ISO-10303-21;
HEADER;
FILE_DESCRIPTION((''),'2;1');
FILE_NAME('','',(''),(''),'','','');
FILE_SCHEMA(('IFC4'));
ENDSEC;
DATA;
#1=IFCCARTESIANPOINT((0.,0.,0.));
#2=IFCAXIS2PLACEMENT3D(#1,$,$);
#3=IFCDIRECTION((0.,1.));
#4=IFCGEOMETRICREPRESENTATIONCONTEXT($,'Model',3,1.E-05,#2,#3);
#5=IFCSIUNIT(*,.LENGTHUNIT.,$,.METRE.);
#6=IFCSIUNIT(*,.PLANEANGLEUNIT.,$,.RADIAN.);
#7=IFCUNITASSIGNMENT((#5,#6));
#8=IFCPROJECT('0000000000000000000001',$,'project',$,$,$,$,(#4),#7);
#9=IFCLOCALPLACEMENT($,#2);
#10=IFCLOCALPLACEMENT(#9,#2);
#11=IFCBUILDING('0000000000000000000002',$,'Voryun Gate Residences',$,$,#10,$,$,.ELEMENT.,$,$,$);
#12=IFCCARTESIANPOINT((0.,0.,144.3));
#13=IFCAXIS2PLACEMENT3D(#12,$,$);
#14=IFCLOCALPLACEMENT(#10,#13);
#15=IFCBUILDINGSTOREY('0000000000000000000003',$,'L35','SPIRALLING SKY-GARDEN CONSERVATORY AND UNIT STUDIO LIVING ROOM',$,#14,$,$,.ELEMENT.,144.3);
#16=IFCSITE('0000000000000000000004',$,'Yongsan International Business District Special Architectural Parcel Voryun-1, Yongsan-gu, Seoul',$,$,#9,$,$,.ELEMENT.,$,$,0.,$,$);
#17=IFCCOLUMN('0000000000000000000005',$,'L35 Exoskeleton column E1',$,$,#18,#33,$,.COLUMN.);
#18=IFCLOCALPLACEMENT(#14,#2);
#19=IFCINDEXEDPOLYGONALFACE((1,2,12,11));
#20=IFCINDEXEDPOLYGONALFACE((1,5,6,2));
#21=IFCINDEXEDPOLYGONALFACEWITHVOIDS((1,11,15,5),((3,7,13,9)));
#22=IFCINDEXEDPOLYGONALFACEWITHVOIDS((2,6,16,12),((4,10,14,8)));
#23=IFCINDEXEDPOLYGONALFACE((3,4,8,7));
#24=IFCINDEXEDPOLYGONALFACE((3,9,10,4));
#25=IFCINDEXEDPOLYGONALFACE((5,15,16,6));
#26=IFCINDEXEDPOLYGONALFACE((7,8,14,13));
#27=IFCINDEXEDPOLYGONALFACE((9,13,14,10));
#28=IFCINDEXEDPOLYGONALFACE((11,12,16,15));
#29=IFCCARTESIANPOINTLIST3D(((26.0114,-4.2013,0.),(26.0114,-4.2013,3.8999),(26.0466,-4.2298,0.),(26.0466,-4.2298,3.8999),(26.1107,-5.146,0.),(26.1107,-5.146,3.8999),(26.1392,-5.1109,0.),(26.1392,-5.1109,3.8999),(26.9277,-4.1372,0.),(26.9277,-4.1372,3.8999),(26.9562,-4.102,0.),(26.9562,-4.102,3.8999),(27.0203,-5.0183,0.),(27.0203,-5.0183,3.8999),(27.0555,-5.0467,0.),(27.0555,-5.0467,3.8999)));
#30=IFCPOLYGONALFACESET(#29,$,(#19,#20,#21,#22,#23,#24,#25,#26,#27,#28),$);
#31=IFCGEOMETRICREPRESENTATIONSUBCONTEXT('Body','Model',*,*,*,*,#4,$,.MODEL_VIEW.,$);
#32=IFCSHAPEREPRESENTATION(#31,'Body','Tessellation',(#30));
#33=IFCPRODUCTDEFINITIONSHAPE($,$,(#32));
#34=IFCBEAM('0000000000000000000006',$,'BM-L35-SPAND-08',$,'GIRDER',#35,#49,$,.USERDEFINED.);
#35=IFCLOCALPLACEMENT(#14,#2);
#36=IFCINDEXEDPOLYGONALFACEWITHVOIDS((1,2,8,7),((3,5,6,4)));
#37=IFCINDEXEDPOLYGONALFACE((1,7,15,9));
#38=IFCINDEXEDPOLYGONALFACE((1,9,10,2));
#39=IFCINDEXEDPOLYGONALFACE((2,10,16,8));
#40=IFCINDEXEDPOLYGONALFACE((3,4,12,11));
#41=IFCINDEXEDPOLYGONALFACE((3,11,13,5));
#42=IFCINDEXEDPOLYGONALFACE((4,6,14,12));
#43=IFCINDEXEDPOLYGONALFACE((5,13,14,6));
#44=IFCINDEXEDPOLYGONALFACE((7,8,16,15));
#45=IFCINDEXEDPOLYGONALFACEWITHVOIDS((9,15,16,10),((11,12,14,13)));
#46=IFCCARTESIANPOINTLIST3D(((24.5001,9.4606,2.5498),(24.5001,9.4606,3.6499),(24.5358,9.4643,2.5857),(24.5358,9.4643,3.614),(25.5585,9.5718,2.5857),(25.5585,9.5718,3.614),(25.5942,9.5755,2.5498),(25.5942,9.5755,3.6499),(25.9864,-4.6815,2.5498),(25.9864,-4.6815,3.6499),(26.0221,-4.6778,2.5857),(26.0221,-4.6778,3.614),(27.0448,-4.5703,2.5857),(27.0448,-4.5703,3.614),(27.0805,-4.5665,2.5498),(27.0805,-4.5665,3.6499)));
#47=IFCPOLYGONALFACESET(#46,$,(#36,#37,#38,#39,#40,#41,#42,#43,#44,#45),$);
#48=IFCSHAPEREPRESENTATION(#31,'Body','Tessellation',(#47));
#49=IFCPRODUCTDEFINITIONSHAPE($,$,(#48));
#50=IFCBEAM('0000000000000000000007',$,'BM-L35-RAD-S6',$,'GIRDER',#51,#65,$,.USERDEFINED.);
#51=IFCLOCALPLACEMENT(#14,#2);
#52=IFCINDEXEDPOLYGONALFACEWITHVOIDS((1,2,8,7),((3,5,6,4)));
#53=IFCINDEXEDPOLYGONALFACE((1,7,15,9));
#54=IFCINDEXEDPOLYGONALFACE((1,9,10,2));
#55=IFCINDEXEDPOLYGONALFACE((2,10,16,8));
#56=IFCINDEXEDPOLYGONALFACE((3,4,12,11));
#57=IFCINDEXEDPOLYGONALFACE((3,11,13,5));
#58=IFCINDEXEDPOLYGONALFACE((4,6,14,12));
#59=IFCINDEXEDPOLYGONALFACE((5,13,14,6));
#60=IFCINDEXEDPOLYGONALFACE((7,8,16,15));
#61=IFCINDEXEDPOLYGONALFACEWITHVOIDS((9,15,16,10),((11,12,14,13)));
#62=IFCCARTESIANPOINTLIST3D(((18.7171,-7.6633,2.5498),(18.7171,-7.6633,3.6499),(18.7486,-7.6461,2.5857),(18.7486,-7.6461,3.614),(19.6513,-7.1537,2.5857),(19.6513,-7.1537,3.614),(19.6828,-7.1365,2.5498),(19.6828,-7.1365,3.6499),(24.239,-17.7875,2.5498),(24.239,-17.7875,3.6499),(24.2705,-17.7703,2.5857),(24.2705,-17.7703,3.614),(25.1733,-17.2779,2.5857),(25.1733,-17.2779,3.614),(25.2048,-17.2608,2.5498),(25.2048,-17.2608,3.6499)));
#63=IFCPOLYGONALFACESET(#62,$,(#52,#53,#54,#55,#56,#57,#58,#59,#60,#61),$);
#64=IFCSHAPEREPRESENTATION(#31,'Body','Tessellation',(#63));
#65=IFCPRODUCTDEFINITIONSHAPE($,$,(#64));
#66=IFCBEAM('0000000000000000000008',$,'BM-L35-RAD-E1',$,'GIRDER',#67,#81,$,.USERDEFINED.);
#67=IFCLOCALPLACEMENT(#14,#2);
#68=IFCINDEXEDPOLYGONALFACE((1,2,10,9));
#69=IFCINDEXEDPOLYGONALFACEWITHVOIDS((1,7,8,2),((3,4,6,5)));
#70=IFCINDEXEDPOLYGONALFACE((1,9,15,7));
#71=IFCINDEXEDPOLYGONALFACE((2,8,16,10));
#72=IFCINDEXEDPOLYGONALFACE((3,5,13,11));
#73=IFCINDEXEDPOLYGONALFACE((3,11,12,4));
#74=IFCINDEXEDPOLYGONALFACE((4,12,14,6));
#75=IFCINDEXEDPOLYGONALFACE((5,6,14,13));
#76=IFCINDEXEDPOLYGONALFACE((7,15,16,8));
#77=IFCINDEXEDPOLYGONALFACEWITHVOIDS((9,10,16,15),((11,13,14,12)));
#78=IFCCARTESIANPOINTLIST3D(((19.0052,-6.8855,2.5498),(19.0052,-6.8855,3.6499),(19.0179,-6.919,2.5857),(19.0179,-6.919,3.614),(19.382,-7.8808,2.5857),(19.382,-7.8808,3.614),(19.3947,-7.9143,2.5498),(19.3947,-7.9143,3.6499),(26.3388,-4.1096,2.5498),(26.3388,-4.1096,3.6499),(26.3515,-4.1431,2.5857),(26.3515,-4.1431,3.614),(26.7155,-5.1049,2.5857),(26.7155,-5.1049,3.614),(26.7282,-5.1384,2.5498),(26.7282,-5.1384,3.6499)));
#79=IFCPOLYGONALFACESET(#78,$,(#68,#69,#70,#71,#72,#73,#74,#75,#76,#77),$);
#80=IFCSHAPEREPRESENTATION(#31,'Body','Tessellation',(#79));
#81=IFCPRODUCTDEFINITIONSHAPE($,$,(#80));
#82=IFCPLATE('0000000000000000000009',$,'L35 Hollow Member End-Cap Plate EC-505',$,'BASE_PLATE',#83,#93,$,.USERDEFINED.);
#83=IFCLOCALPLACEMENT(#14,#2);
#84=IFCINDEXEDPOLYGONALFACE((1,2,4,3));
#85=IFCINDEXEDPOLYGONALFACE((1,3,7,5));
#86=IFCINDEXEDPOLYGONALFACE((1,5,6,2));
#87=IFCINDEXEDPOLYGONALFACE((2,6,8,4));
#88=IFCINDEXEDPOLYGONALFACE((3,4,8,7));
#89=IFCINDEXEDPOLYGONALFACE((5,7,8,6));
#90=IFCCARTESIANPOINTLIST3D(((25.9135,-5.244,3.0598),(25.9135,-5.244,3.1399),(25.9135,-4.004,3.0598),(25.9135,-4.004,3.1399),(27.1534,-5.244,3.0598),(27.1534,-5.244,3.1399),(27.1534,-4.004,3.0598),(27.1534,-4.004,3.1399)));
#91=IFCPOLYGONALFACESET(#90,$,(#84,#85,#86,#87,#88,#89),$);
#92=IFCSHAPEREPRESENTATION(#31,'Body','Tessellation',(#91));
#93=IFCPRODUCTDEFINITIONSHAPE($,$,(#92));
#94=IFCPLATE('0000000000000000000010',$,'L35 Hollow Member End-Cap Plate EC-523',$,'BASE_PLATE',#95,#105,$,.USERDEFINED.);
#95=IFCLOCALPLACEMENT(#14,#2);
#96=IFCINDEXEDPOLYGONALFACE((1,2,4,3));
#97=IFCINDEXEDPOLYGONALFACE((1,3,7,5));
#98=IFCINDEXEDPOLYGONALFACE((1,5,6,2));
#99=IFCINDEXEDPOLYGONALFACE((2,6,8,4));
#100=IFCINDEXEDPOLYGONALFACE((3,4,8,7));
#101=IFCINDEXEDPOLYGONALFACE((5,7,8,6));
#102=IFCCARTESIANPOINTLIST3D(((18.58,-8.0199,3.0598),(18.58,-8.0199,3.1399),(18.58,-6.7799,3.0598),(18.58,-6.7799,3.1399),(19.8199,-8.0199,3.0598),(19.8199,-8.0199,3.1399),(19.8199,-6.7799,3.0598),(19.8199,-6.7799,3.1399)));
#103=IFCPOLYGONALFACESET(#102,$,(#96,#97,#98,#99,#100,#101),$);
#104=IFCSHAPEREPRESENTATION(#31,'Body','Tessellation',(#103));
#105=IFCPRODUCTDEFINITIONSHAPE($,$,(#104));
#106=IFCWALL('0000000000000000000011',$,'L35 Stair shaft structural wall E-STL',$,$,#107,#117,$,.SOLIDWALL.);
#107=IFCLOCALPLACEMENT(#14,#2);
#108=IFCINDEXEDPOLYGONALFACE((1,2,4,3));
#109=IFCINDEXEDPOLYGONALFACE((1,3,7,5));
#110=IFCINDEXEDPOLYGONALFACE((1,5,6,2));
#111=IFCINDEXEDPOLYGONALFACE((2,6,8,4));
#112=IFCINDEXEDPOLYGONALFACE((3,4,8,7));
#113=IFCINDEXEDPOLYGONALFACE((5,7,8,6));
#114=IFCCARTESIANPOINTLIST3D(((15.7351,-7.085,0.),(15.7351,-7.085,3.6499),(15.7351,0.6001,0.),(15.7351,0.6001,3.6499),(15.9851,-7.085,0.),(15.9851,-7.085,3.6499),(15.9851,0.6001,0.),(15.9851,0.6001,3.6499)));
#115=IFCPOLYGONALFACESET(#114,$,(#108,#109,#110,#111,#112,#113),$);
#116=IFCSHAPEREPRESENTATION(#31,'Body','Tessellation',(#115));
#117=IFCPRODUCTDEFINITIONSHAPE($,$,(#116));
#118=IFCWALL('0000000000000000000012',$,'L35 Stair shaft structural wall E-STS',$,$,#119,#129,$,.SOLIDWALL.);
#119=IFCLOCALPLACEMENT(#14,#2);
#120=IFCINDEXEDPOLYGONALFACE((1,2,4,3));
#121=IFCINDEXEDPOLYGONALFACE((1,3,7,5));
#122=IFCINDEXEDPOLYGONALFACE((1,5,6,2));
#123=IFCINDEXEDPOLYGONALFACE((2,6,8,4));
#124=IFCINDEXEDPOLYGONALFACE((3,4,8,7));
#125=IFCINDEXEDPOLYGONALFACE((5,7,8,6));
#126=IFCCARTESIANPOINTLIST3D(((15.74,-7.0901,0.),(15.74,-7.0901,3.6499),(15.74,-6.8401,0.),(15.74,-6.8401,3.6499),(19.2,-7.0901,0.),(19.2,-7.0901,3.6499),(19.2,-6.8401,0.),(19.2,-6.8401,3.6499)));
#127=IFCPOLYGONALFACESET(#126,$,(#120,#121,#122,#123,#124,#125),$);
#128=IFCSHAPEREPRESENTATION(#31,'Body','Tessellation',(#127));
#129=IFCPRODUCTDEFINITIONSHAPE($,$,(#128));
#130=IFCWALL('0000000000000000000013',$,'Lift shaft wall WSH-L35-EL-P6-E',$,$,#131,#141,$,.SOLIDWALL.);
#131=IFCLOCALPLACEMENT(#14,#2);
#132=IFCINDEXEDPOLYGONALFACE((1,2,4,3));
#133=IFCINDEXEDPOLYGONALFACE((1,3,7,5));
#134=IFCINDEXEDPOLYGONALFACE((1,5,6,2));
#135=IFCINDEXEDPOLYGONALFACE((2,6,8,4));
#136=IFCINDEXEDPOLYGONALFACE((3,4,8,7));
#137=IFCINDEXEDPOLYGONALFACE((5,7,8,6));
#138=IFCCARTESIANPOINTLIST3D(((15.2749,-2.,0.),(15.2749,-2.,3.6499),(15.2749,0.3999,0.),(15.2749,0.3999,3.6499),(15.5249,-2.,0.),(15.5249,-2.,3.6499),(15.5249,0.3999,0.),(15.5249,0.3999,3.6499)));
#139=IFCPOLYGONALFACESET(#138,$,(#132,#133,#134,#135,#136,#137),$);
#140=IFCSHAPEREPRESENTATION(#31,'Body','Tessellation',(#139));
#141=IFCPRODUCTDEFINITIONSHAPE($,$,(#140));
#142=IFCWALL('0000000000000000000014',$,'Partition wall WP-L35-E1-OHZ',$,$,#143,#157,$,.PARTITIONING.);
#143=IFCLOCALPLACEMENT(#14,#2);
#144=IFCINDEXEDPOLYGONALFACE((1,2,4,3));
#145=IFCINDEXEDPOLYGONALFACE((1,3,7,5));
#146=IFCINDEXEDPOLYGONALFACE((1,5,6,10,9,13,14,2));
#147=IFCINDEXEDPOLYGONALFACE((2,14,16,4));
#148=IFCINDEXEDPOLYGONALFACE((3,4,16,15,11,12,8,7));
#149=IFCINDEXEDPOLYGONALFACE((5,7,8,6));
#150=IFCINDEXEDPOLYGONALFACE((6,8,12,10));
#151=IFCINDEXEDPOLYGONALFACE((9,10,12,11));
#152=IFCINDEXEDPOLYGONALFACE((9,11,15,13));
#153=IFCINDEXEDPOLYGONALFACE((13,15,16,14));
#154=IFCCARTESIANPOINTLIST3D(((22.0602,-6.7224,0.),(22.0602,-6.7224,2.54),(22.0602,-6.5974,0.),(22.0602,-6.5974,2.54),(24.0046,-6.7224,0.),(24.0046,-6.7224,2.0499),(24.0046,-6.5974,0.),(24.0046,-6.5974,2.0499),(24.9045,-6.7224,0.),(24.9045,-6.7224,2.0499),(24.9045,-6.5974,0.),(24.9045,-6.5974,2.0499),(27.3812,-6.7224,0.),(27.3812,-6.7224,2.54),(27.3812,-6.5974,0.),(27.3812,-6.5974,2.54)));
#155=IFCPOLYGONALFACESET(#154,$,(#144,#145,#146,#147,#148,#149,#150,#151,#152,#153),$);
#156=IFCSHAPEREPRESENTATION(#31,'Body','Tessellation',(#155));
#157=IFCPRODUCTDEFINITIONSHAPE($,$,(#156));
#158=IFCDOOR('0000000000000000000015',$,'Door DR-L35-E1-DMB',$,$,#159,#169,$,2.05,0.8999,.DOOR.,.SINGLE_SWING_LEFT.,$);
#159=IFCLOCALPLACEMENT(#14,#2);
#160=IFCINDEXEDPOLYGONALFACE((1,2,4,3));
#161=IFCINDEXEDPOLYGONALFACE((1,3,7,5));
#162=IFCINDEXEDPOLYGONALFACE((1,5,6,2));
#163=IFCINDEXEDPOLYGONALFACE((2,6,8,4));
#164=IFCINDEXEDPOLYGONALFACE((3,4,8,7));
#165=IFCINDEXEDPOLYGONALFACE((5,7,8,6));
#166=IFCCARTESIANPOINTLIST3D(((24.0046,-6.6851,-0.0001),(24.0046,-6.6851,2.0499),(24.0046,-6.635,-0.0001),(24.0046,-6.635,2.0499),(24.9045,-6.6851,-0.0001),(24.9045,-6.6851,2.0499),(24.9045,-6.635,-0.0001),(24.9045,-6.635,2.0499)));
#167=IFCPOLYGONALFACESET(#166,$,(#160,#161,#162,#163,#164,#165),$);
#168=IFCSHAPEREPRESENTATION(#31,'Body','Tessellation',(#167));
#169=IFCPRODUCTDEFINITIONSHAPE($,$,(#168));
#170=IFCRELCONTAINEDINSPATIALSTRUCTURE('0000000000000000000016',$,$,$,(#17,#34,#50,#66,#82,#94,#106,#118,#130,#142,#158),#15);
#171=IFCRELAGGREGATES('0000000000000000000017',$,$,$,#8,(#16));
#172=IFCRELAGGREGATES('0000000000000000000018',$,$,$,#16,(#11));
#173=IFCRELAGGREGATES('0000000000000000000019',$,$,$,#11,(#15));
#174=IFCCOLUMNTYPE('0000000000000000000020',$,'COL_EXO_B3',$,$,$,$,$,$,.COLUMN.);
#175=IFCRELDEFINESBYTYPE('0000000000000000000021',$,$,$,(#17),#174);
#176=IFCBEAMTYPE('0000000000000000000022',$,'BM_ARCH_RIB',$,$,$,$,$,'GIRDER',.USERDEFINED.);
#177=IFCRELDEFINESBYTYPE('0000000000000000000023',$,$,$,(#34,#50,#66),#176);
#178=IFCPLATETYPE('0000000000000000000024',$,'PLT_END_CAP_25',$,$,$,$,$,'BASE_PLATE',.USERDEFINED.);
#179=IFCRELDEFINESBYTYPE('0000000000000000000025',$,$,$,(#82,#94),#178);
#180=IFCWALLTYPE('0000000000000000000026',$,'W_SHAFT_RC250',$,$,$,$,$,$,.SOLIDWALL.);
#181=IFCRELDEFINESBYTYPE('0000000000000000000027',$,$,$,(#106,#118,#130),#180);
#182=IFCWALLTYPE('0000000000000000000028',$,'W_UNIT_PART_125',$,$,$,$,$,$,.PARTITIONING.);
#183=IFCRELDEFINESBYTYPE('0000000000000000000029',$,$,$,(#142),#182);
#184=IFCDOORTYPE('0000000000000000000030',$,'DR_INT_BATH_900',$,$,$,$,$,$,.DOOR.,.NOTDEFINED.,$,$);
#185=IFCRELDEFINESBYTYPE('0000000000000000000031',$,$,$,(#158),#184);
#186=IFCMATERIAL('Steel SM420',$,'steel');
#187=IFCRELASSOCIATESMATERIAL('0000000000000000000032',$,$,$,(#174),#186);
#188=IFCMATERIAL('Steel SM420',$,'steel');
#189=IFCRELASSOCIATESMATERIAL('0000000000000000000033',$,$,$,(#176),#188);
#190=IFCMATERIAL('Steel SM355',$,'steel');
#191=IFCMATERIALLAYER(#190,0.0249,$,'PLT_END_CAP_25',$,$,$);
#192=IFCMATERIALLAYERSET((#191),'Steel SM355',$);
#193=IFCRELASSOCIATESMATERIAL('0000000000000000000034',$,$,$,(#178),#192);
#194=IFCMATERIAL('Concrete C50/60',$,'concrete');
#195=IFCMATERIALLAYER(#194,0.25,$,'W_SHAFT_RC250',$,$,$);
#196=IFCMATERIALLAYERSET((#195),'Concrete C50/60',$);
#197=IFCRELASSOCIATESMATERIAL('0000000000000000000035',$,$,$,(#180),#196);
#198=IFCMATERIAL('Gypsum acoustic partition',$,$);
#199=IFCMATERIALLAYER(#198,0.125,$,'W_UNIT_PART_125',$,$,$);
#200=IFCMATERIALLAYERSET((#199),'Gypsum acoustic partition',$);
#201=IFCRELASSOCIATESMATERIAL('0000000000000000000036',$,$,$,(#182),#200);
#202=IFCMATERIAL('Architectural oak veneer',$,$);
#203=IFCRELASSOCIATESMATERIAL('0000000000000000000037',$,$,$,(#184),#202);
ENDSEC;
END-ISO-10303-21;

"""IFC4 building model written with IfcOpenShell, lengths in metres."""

from ifc_helpers import new_model, si_unit, direction, frame, frame_2d, origin, origin_2d, place, context, subcontext, project, spatial, rectangle, hollow_rectangle, extrude, material, layer, layer_set, material_profile, profile_set, type_object, element, fill, save


model = new_model("IFC4")

# Units and contexts
model_context = context("Model", 3, precision=1e-05, world=origin(), true_north=direction((0.0, 1.0)))
body_context = subcontext(model_context, "Body", "Model", "MODEL_VIEW")
ifc_project = project(units=[si_unit("LENGTHUNIT", "METRE"), si_unit("PLANEANGLEUNIT", "RADIAN")], contexts=[model_context])

# Site, building, storey
site_placement = place(None, origin())
site = spatial("IfcSite", under=ifc_project, at=site_placement, Name="Yongsan International Business District Special Architectural Parcel Voryun-1, Yongsan-gu, Seoul", CompositionType="ELEMENT", RefElevation=0.0)
building_placement = place(site_placement, origin())
building = spatial("IfcBuilding", under=site, at=building_placement, Name="Voryun Gate Residences", CompositionType="ELEMENT")
storey_placement = place(building_placement, frame((0.0, 0.0, 144.3)))
storey = spatial("IfcBuildingStorey", under=building, at=storey_placement, Name="L35", Description="SPIRALLING SKY-GARDEN CONSERVATORY AND UNIT STUDIO LIVING ROOM", CompositionType="ELEMENT", Elevation=144.3)

# Column
ifc_material_1 = material(Name="Steel SM420", Category="steel")
ifc_material_profile_1 = material_profile(ifc_material_1, hollow_rectangle(XDim=0.95, YDim=0.95, WallThickness=0.032, at=origin_2d()), Name="BOX-950x950x32")
ifc_profile_set_1 = profile_set([ifc_material_profile_1], Name="Steel SM420")
column_type = type_object("IfcColumnType", Name="COL_EXO_B3", PredefinedType="COLUMN", material=ifc_profile_set_1)
column_placement = place(storey_placement, frame((26.5334, -4.624, 0.0), z_axis=(0.0, 0.0, 1.0), x_axis=(0.994522, 0.104528, 0.0)))
element("IfcColumn", 1, at=column_placement, inside=storey, type_object=column_type, Name="L35 Exoskeleton column E1", PredefinedType="COLUMN", context=body_context, shape_type="SweptSolid", body=[
    extrude(hollow_rectangle(XDim=0.95, YDim=0.95, WallThickness=0.032, at=origin_2d()), origin(), (0.0, 0.0, 1.0), 3.8999),
])

# Beams
ifc_material_2 = material(Name="Steel SM420", Category="steel")
ifc_material_profile_2 = material_profile(ifc_material_2, hollow_rectangle(XDim=1.1001, YDim=1.1001, WallThickness=0.0359, at=origin_2d()), Name="BOX-1100x1100x36")
ifc_profile_set_2 = profile_set([ifc_material_profile_2], Name="Steel SM420")
beam_type = type_object("IfcBeamType", Name="BM_ARCH_RIB", ElementType="GIRDER", PredefinedType="USERDEFINED", material=ifc_profile_set_2)
beam_1_placement = place(storey_placement, frame((26.5334, -4.624, 3.0999), z_axis=(-0.104524, 0.994522, 0.0), x_axis=(-0.994522, -0.104524, 0.0)))
element("IfcBeam", 2, at=beam_1_placement, inside=storey, type_object=beam_type, Name="BM-L35-SPAND-08", ObjectType="GIRDER", PredefinedType="USERDEFINED", context=body_context, shape_type="SweptSolid", body=[
    extrude(hollow_rectangle(XDim=1.1001, YDim=1.1001, WallThickness=0.0359, at=origin_2d()), origin(), (0.0, 0.0, 1.0), 14.22),
])
beam_2_placement = place(storey_placement, frame((19.2, -7.3999, 3.0999), z_axis=(0.478828, -0.877909, 0.0), x_axis=(0.877909, 0.478828, 0.0)))
element("IfcBeam", 3, at=beam_2_placement, inside=storey, type_object=beam_type, Name="BM-L35-RAD-S6", ObjectType="GIRDER", PredefinedType="USERDEFINED", context=body_context, shape_type="SweptSolid", body=[
    extrude(hollow_rectangle(XDim=1.1001, YDim=1.1001, WallThickness=0.0359, at=origin_2d()), origin(), (0.0, 0.0, 1.0), 11.5322),
])
beam_3_placement = place(storey_placement, frame((19.2, -7.3999, 3.0999), z_axis=(0.935242, 0.354008, 0.0), x_axis=(-0.354008, 0.935242, 0.0)))
element("IfcBeam", 4, at=beam_3_placement, inside=storey, type_object=beam_type, Name="BM-L35-RAD-E1", ObjectType="GIRDER", PredefinedType="USERDEFINED", context=body_context, shape_type="SweptSolid", body=[
    extrude(hollow_rectangle(XDim=1.1001, YDim=1.1001, WallThickness=0.0359, at=origin_2d()), origin(), (0.0, 0.0, 1.0), 7.8413),
])

# Plates
ifc_material_3 = material(Name="Steel SM355", Category="steel")
ifc_layer_1 = layer(ifc_material_3, 0.0249, Name="PLT_END_CAP_25")
ifc_layer_set_1 = layer_set([ifc_layer_1], Name="Steel SM355")
plate_type = type_object("IfcPlateType", Name="PLT_END_CAP_25", ElementType="BASE_PLATE", PredefinedType="USERDEFINED", material=ifc_layer_set_1)
for number, where, z_axis, x_axis, name in (
    (5, (26.5334, -4.624, 3.0598), (0.0, 0.0, 1.0), (1.0, 0.0, 0.0), "L35 Hollow Member End-Cap Plate EC-505"),
    (6, (19.2, -7.3999, 3.0598), (0.0, 0.0, 1.0), (1.0, 0.0, 0.0), "L35 Hollow Member End-Cap Plate EC-523"),
):
    element("IfcPlate", number, at=place(storey_placement, frame(where, z_axis=z_axis, x_axis=x_axis)), inside=storey, type_object=plate_type, Name=name, ObjectType="BASE_PLATE", PredefinedType="USERDEFINED", context=body_context, shape_type="SweptSolid", body=[
        extrude(rectangle(XDim=1.24, YDim=1.24, at=origin_2d()), origin(), (0.0, 0.0, 1.0), 0.0801),
    ])

# Walls
ifc_material_4 = material(Name="Concrete C50/60", Category="concrete")
ifc_layer_2 = layer(ifc_material_4, 0.25, Name="W_SHAFT_RC250")
ifc_layer_set_2 = layer_set([ifc_layer_2], Name="Concrete C50/60")
wall_type_1 = type_object("IfcWallType", Name="W_SHAFT_RC250", PredefinedType="SOLIDWALL", material=ifc_layer_set_2)
wall_1_placement = place(storey_placement, frame((15.8601, -7.085, 0.0), z_axis=(0.0, 0.0, 1.0), x_axis=(0.0, 1.0, 0.0)))
element("IfcWall", 7, at=wall_1_placement, inside=storey, type_object=wall_type_1, Name="L35 Stair shaft structural wall E-STL", PredefinedType="SOLIDWALL", context=body_context, shape_type="SweptSolid", body=[
    extrude(rectangle(XDim=7.6851, YDim=0.25, at=frame_2d((3.8425, 0.0))), origin(), (0.0, 0.0, 1.0), 3.6499),
])
wall_2_placement = place(storey_placement, frame((15.74, -6.9651, 0.0), z_axis=(0.0, 0.0, 1.0), x_axis=(1.0, 0.0, 0.0)))
element("IfcWall", 8, at=wall_2_placement, inside=storey, type_object=wall_type_1, Name="L35 Stair shaft structural wall E-STS", PredefinedType="SOLIDWALL", context=body_context, shape_type="SweptSolid", body=[
    extrude(rectangle(XDim=3.46, YDim=0.25, at=frame_2d((1.73, 0.0))), origin(), (0.0, 0.0, 1.0), 3.6499),
])
wall_3_placement = place(storey_placement, frame((15.3999, -2.0, 0.0), z_axis=(0.0, 0.0, 1.0), x_axis=(0.0, 1.0, 0.0)))
element("IfcWall", 9, at=wall_3_placement, inside=storey, type_object=wall_type_1, Name="Lift shaft wall WSH-L35-EL-P6-E", PredefinedType="SOLIDWALL", context=body_context, shape_type="SweptSolid", body=[
    extrude(rectangle(XDim=2.3999, YDim=0.25, at=frame_2d((1.2, 0.0))), origin(), (0.0, 0.0, 1.0), 3.6499),
])

# Wall, opening, door
ifc_material_5 = material(Name="Gypsum acoustic partition")
ifc_layer_3 = layer(ifc_material_5, 0.125, Name="W_UNIT_PART_125")
ifc_layer_set_3 = layer_set([ifc_layer_3], Name="Gypsum acoustic partition")
wall_type_2 = type_object("IfcWallType", Name="W_UNIT_PART_125", PredefinedType="PARTITIONING", material=ifc_layer_set_3)
wall_4_placement = place(storey_placement, frame((22.0601, -6.6599, 0.0), z_axis=(0.0, 0.0, 1.0), x_axis=(1.0, 0.0, 0.0)))
wall_4 = element("IfcWall", 10, at=wall_4_placement, inside=storey, type_object=wall_type_2, Name="Partition wall WP-L35-E1-OHZ", PredefinedType="PARTITIONING", context=body_context, shape_type="SweptSolid", body=[
    extrude(rectangle(XDim=5.321, YDim=0.125, at=frame_2d((2.6606, 0.0))), origin(), (0.0, 0.0, 1.0), 2.54),
])
opening_1_placement = place(wall_4_placement, frame((1.9446, 0.0, 0.0)))
opening_1 = element("IfcOpeningElement", 11, at=opening_1_placement, cuts=wall_4, PredefinedType="OPENING", context=body_context, shape_type="SweptSolid", body=[
    extrude(rectangle(XDim=0.8999, YDim=2.05, at=frame_2d((0.45, 1.0249))), frame((0.0, 0.0725, 0.0), z_axis=(0.0, -1.0, 0.0), x_axis=(1.0, 0.0, 0.0)), (0.0, 0.0, 1.0), 0.145),
])
ifc_material_6 = material(Name="Architectural oak veneer")
door_type = type_object("IfcDoorType", Name="DR_INT_BATH_900", OperationType="NOTDEFINED", PredefinedType="DOOR", material=ifc_material_6)
door_1_placement = place(opening_1_placement, origin())
door_1 = element("IfcDoor", 12, at=door_1_placement, inside=storey, type_object=door_type, Name="Door DR-L35-E1-DMB", OperationType="SINGLE_SWING_LEFT", OverallHeight=2.05, OverallWidth=0.8999, PredefinedType="DOOR", context=body_context, shape_type="SweptSolid", body=[
    extrude(rectangle(XDim=0.8999, YDim=2.05, at=frame_2d((0.45, 1.0249))), frame((0.0, 0.0249, 0.0), z_axis=(0.0, -1.0, 0.0), x_axis=(1.0, 0.0, 0.0)), (0.0, 0.0, 1.0), 0.05),
])
fill(opening_1, door_1)

save(model, "model.ifc")
